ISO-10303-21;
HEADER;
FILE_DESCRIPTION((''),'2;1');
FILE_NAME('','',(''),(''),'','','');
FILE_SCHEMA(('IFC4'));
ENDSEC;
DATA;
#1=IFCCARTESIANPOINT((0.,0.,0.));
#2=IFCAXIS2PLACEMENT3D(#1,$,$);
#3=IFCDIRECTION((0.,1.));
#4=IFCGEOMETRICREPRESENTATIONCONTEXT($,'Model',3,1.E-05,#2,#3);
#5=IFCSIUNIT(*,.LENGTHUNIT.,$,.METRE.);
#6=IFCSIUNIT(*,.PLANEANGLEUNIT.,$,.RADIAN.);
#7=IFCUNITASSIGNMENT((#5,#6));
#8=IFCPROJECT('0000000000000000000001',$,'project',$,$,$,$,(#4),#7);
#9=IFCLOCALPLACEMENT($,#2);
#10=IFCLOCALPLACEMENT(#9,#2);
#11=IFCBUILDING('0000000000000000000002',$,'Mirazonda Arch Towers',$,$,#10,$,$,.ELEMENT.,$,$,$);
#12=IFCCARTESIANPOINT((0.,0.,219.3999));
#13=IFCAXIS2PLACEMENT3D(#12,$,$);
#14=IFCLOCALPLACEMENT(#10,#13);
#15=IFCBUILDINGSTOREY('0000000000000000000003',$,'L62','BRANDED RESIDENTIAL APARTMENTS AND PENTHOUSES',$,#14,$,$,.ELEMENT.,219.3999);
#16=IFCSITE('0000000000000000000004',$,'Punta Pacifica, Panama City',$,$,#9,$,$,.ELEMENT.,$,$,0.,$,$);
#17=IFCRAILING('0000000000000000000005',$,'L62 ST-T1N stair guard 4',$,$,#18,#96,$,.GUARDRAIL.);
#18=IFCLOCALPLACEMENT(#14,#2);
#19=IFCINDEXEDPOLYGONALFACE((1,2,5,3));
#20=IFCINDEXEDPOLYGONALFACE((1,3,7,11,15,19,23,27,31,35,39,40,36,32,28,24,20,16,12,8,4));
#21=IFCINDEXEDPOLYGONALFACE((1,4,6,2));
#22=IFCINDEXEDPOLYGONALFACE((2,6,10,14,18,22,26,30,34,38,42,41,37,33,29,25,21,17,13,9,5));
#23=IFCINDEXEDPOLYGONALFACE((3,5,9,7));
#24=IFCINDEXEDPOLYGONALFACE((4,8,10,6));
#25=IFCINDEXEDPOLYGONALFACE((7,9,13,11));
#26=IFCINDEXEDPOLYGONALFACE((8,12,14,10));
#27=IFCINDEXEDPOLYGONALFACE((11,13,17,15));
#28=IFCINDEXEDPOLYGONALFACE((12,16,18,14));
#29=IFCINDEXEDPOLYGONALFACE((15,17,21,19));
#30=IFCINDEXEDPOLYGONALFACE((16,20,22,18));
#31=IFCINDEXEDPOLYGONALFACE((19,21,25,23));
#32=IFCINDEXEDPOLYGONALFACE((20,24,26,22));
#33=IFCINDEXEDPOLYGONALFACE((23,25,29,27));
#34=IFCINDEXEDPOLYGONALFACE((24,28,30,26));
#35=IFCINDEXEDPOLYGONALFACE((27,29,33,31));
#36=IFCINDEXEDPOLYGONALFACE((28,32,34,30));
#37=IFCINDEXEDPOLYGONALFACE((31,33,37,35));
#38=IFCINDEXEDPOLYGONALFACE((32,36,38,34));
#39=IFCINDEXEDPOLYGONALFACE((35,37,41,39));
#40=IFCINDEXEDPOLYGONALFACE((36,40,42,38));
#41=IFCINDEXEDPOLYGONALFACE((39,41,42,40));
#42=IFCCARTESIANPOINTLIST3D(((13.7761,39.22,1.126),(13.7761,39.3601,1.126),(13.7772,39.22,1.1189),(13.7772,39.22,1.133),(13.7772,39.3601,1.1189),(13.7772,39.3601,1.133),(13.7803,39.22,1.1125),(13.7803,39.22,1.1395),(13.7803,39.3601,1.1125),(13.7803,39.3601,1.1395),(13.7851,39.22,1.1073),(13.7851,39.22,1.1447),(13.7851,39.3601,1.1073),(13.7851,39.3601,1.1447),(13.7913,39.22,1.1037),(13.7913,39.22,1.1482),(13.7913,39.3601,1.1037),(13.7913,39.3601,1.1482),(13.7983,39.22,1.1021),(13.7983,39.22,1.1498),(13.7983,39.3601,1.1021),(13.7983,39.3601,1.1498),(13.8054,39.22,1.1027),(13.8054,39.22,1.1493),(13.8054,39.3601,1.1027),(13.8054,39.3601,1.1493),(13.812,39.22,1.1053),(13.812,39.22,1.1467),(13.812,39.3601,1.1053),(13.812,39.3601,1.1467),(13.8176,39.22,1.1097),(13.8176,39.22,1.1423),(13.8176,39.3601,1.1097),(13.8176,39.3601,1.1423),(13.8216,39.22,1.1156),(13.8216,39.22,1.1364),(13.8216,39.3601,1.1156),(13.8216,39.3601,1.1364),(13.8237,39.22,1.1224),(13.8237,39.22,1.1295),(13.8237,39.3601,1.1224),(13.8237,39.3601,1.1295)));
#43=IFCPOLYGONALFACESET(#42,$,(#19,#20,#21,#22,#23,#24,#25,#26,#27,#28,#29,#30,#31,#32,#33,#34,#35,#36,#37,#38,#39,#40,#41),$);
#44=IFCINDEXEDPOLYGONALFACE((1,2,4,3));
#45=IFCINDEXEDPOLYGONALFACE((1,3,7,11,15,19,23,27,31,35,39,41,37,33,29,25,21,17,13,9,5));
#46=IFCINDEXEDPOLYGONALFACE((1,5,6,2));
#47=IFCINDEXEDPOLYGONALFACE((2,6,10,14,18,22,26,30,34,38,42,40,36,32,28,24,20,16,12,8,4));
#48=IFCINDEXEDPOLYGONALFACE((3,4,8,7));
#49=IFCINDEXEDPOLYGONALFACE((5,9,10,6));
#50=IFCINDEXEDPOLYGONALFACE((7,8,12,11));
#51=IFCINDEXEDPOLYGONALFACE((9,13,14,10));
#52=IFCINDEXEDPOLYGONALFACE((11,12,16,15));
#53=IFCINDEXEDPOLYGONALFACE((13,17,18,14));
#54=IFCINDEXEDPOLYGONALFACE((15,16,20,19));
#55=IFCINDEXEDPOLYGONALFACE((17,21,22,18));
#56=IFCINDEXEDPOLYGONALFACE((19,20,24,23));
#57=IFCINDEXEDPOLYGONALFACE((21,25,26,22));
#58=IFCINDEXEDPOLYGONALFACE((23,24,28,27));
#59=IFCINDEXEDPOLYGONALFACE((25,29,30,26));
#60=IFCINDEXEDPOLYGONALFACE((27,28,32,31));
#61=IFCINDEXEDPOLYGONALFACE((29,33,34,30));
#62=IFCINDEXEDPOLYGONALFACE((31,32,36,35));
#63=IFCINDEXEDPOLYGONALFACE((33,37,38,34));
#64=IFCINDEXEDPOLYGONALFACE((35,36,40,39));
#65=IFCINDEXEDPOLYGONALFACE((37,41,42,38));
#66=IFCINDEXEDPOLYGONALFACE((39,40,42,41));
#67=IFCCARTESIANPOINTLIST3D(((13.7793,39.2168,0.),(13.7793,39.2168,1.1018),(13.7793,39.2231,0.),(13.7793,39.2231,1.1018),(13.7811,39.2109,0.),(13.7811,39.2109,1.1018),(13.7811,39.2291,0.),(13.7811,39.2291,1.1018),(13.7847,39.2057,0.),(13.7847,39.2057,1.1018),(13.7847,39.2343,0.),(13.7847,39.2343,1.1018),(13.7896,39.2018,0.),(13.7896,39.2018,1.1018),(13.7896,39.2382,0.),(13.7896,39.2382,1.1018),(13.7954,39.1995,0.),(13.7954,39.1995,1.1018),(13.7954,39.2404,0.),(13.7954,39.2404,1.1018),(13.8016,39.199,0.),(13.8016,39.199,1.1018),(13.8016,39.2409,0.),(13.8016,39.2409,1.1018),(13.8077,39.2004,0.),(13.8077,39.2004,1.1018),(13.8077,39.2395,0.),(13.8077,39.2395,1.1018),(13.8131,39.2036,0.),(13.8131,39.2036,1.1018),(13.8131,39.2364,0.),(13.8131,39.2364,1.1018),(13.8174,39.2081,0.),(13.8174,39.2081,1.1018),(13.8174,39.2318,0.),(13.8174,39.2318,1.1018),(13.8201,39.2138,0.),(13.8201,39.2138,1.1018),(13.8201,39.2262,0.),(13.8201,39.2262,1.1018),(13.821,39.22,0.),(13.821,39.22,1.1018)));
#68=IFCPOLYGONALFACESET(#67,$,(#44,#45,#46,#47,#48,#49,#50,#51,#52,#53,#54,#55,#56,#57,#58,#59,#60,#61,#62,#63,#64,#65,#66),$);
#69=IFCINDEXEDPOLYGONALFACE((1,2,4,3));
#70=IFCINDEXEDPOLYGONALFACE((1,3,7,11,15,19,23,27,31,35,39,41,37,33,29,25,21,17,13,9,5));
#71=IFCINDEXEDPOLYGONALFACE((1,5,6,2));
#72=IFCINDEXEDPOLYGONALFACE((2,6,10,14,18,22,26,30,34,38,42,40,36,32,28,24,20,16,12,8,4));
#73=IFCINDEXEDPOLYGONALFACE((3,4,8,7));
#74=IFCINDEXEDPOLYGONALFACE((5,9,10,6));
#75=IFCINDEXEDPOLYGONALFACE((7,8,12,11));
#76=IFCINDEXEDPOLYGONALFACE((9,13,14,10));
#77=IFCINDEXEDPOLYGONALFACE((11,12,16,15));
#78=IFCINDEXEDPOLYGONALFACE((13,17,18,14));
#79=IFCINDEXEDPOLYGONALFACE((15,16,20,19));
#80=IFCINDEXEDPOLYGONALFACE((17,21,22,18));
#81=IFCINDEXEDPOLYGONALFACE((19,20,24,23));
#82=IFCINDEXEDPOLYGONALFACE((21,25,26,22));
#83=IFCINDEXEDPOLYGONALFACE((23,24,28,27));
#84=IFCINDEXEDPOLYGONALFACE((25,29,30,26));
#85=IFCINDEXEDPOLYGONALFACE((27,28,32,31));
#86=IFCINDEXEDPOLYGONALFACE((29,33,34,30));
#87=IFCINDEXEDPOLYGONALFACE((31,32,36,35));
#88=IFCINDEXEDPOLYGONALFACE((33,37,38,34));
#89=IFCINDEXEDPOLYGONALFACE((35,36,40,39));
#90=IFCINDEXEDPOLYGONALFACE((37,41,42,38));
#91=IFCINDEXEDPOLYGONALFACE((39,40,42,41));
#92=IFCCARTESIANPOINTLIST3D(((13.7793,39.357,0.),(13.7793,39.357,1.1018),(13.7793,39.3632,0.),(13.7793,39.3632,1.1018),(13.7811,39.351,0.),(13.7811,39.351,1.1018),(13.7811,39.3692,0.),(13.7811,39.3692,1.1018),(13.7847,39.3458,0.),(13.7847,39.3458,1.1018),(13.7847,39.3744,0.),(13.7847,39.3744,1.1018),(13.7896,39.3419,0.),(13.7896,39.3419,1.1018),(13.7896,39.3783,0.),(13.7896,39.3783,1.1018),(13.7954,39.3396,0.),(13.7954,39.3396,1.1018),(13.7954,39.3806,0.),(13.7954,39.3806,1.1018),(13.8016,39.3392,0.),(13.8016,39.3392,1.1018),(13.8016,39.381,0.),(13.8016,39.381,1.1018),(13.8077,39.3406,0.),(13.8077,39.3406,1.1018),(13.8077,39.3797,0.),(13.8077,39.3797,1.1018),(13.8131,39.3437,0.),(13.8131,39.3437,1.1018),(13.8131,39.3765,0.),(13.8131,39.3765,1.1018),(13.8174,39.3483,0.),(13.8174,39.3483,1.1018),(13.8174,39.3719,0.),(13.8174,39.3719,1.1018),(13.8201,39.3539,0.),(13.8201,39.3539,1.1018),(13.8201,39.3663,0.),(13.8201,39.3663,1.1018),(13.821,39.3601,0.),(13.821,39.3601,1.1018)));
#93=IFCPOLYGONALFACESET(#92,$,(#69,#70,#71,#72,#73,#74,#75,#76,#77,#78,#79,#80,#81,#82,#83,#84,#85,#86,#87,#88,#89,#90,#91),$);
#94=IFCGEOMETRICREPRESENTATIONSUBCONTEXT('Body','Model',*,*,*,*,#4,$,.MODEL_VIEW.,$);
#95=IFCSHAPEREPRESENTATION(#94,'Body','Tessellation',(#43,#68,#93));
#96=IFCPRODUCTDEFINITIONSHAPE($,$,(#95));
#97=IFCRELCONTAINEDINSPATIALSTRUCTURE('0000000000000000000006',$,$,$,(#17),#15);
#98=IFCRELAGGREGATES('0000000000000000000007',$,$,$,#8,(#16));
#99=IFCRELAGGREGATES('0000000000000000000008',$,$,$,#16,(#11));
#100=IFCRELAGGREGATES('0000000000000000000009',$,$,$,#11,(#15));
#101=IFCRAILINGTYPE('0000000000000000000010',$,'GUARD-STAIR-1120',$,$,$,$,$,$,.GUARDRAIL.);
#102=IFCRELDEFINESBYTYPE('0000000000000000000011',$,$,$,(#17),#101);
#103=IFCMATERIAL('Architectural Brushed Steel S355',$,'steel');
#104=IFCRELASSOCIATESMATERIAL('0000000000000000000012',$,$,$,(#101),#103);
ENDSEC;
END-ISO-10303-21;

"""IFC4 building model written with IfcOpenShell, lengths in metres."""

from ifc_helpers import new_model, si_unit, direction, frame, origin, origin_2d, place, context, subcontext, project, spatial, circle, extrude, material, type_object, element, save


model = new_model("IFC4")

# Units and contexts
model_context = context("Model", 3, precision=1e-05, world=origin(), true_north=direction((0.0, 1.0)))
body_context = subcontext(model_context, "Body", "Model", "MODEL_VIEW")
ifc_project = project(units=[si_unit("LENGTHUNIT", "METRE"), si_unit("PLANEANGLEUNIT", "RADIAN")], contexts=[model_context])

# Site, building, storey
site_placement = place(None, origin())
site = spatial("IfcSite", under=ifc_project, at=site_placement, Name="Punta Pacifica, Panama City", CompositionType="ELEMENT", RefElevation=0.0)
building_placement = place(site_placement, origin())
building = spatial("IfcBuilding", under=site, at=building_placement, Name="Mirazonda Arch Towers", CompositionType="ELEMENT")
storey_placement = place(building_placement, frame((0.0, 0.0, 219.3999)))
storey = spatial("IfcBuildingStorey", under=building, at=storey_placement, Name="L62", Description="BRANDED RESIDENTIAL APARTMENTS AND PENTHOUSES", CompositionType="ELEMENT", Elevation=219.3999)

# Shared definitions
ifc_material_1 = material(Name="Architectural Brushed Steel S355", Category="steel")

# Railing
railing_type_1 = type_object("IfcRailingType", Name="GUARD-STAIR-1120", PredefinedType="GUARDRAIL", material=ifc_material_1)
railing_1_placement = place(storey_placement, frame((13.8, 39.22, 0.0)))
element("IfcRailing", 1, at=railing_1_placement, inside=storey, type_object=railing_type_1, Name="L62 ST-T1N stair guard 4", PredefinedType="GUARDRAIL", context=body_context, shape_type="SweptSolid", body=[
    extrude(circle(Radius=0.0239, at=origin_2d()), frame((0.0, 0.0, 1.126), z_axis=(0.0, 1.0, 0.0), x_axis=(-1.0, 0.0, 0.0)), (0.0, 0.0, 1.0), 0.1401),
    extrude(circle(Radius=0.021, at=origin_2d()), origin(), (0.0, 0.0, 1.0), 1.1018),
    extrude(circle(Radius=0.021, at=origin_2d()), frame((0.0, 0.1401, 0.0)), (0.0, 0.0, 1.0), 1.1018),
])

save(model, "model.ifc")
